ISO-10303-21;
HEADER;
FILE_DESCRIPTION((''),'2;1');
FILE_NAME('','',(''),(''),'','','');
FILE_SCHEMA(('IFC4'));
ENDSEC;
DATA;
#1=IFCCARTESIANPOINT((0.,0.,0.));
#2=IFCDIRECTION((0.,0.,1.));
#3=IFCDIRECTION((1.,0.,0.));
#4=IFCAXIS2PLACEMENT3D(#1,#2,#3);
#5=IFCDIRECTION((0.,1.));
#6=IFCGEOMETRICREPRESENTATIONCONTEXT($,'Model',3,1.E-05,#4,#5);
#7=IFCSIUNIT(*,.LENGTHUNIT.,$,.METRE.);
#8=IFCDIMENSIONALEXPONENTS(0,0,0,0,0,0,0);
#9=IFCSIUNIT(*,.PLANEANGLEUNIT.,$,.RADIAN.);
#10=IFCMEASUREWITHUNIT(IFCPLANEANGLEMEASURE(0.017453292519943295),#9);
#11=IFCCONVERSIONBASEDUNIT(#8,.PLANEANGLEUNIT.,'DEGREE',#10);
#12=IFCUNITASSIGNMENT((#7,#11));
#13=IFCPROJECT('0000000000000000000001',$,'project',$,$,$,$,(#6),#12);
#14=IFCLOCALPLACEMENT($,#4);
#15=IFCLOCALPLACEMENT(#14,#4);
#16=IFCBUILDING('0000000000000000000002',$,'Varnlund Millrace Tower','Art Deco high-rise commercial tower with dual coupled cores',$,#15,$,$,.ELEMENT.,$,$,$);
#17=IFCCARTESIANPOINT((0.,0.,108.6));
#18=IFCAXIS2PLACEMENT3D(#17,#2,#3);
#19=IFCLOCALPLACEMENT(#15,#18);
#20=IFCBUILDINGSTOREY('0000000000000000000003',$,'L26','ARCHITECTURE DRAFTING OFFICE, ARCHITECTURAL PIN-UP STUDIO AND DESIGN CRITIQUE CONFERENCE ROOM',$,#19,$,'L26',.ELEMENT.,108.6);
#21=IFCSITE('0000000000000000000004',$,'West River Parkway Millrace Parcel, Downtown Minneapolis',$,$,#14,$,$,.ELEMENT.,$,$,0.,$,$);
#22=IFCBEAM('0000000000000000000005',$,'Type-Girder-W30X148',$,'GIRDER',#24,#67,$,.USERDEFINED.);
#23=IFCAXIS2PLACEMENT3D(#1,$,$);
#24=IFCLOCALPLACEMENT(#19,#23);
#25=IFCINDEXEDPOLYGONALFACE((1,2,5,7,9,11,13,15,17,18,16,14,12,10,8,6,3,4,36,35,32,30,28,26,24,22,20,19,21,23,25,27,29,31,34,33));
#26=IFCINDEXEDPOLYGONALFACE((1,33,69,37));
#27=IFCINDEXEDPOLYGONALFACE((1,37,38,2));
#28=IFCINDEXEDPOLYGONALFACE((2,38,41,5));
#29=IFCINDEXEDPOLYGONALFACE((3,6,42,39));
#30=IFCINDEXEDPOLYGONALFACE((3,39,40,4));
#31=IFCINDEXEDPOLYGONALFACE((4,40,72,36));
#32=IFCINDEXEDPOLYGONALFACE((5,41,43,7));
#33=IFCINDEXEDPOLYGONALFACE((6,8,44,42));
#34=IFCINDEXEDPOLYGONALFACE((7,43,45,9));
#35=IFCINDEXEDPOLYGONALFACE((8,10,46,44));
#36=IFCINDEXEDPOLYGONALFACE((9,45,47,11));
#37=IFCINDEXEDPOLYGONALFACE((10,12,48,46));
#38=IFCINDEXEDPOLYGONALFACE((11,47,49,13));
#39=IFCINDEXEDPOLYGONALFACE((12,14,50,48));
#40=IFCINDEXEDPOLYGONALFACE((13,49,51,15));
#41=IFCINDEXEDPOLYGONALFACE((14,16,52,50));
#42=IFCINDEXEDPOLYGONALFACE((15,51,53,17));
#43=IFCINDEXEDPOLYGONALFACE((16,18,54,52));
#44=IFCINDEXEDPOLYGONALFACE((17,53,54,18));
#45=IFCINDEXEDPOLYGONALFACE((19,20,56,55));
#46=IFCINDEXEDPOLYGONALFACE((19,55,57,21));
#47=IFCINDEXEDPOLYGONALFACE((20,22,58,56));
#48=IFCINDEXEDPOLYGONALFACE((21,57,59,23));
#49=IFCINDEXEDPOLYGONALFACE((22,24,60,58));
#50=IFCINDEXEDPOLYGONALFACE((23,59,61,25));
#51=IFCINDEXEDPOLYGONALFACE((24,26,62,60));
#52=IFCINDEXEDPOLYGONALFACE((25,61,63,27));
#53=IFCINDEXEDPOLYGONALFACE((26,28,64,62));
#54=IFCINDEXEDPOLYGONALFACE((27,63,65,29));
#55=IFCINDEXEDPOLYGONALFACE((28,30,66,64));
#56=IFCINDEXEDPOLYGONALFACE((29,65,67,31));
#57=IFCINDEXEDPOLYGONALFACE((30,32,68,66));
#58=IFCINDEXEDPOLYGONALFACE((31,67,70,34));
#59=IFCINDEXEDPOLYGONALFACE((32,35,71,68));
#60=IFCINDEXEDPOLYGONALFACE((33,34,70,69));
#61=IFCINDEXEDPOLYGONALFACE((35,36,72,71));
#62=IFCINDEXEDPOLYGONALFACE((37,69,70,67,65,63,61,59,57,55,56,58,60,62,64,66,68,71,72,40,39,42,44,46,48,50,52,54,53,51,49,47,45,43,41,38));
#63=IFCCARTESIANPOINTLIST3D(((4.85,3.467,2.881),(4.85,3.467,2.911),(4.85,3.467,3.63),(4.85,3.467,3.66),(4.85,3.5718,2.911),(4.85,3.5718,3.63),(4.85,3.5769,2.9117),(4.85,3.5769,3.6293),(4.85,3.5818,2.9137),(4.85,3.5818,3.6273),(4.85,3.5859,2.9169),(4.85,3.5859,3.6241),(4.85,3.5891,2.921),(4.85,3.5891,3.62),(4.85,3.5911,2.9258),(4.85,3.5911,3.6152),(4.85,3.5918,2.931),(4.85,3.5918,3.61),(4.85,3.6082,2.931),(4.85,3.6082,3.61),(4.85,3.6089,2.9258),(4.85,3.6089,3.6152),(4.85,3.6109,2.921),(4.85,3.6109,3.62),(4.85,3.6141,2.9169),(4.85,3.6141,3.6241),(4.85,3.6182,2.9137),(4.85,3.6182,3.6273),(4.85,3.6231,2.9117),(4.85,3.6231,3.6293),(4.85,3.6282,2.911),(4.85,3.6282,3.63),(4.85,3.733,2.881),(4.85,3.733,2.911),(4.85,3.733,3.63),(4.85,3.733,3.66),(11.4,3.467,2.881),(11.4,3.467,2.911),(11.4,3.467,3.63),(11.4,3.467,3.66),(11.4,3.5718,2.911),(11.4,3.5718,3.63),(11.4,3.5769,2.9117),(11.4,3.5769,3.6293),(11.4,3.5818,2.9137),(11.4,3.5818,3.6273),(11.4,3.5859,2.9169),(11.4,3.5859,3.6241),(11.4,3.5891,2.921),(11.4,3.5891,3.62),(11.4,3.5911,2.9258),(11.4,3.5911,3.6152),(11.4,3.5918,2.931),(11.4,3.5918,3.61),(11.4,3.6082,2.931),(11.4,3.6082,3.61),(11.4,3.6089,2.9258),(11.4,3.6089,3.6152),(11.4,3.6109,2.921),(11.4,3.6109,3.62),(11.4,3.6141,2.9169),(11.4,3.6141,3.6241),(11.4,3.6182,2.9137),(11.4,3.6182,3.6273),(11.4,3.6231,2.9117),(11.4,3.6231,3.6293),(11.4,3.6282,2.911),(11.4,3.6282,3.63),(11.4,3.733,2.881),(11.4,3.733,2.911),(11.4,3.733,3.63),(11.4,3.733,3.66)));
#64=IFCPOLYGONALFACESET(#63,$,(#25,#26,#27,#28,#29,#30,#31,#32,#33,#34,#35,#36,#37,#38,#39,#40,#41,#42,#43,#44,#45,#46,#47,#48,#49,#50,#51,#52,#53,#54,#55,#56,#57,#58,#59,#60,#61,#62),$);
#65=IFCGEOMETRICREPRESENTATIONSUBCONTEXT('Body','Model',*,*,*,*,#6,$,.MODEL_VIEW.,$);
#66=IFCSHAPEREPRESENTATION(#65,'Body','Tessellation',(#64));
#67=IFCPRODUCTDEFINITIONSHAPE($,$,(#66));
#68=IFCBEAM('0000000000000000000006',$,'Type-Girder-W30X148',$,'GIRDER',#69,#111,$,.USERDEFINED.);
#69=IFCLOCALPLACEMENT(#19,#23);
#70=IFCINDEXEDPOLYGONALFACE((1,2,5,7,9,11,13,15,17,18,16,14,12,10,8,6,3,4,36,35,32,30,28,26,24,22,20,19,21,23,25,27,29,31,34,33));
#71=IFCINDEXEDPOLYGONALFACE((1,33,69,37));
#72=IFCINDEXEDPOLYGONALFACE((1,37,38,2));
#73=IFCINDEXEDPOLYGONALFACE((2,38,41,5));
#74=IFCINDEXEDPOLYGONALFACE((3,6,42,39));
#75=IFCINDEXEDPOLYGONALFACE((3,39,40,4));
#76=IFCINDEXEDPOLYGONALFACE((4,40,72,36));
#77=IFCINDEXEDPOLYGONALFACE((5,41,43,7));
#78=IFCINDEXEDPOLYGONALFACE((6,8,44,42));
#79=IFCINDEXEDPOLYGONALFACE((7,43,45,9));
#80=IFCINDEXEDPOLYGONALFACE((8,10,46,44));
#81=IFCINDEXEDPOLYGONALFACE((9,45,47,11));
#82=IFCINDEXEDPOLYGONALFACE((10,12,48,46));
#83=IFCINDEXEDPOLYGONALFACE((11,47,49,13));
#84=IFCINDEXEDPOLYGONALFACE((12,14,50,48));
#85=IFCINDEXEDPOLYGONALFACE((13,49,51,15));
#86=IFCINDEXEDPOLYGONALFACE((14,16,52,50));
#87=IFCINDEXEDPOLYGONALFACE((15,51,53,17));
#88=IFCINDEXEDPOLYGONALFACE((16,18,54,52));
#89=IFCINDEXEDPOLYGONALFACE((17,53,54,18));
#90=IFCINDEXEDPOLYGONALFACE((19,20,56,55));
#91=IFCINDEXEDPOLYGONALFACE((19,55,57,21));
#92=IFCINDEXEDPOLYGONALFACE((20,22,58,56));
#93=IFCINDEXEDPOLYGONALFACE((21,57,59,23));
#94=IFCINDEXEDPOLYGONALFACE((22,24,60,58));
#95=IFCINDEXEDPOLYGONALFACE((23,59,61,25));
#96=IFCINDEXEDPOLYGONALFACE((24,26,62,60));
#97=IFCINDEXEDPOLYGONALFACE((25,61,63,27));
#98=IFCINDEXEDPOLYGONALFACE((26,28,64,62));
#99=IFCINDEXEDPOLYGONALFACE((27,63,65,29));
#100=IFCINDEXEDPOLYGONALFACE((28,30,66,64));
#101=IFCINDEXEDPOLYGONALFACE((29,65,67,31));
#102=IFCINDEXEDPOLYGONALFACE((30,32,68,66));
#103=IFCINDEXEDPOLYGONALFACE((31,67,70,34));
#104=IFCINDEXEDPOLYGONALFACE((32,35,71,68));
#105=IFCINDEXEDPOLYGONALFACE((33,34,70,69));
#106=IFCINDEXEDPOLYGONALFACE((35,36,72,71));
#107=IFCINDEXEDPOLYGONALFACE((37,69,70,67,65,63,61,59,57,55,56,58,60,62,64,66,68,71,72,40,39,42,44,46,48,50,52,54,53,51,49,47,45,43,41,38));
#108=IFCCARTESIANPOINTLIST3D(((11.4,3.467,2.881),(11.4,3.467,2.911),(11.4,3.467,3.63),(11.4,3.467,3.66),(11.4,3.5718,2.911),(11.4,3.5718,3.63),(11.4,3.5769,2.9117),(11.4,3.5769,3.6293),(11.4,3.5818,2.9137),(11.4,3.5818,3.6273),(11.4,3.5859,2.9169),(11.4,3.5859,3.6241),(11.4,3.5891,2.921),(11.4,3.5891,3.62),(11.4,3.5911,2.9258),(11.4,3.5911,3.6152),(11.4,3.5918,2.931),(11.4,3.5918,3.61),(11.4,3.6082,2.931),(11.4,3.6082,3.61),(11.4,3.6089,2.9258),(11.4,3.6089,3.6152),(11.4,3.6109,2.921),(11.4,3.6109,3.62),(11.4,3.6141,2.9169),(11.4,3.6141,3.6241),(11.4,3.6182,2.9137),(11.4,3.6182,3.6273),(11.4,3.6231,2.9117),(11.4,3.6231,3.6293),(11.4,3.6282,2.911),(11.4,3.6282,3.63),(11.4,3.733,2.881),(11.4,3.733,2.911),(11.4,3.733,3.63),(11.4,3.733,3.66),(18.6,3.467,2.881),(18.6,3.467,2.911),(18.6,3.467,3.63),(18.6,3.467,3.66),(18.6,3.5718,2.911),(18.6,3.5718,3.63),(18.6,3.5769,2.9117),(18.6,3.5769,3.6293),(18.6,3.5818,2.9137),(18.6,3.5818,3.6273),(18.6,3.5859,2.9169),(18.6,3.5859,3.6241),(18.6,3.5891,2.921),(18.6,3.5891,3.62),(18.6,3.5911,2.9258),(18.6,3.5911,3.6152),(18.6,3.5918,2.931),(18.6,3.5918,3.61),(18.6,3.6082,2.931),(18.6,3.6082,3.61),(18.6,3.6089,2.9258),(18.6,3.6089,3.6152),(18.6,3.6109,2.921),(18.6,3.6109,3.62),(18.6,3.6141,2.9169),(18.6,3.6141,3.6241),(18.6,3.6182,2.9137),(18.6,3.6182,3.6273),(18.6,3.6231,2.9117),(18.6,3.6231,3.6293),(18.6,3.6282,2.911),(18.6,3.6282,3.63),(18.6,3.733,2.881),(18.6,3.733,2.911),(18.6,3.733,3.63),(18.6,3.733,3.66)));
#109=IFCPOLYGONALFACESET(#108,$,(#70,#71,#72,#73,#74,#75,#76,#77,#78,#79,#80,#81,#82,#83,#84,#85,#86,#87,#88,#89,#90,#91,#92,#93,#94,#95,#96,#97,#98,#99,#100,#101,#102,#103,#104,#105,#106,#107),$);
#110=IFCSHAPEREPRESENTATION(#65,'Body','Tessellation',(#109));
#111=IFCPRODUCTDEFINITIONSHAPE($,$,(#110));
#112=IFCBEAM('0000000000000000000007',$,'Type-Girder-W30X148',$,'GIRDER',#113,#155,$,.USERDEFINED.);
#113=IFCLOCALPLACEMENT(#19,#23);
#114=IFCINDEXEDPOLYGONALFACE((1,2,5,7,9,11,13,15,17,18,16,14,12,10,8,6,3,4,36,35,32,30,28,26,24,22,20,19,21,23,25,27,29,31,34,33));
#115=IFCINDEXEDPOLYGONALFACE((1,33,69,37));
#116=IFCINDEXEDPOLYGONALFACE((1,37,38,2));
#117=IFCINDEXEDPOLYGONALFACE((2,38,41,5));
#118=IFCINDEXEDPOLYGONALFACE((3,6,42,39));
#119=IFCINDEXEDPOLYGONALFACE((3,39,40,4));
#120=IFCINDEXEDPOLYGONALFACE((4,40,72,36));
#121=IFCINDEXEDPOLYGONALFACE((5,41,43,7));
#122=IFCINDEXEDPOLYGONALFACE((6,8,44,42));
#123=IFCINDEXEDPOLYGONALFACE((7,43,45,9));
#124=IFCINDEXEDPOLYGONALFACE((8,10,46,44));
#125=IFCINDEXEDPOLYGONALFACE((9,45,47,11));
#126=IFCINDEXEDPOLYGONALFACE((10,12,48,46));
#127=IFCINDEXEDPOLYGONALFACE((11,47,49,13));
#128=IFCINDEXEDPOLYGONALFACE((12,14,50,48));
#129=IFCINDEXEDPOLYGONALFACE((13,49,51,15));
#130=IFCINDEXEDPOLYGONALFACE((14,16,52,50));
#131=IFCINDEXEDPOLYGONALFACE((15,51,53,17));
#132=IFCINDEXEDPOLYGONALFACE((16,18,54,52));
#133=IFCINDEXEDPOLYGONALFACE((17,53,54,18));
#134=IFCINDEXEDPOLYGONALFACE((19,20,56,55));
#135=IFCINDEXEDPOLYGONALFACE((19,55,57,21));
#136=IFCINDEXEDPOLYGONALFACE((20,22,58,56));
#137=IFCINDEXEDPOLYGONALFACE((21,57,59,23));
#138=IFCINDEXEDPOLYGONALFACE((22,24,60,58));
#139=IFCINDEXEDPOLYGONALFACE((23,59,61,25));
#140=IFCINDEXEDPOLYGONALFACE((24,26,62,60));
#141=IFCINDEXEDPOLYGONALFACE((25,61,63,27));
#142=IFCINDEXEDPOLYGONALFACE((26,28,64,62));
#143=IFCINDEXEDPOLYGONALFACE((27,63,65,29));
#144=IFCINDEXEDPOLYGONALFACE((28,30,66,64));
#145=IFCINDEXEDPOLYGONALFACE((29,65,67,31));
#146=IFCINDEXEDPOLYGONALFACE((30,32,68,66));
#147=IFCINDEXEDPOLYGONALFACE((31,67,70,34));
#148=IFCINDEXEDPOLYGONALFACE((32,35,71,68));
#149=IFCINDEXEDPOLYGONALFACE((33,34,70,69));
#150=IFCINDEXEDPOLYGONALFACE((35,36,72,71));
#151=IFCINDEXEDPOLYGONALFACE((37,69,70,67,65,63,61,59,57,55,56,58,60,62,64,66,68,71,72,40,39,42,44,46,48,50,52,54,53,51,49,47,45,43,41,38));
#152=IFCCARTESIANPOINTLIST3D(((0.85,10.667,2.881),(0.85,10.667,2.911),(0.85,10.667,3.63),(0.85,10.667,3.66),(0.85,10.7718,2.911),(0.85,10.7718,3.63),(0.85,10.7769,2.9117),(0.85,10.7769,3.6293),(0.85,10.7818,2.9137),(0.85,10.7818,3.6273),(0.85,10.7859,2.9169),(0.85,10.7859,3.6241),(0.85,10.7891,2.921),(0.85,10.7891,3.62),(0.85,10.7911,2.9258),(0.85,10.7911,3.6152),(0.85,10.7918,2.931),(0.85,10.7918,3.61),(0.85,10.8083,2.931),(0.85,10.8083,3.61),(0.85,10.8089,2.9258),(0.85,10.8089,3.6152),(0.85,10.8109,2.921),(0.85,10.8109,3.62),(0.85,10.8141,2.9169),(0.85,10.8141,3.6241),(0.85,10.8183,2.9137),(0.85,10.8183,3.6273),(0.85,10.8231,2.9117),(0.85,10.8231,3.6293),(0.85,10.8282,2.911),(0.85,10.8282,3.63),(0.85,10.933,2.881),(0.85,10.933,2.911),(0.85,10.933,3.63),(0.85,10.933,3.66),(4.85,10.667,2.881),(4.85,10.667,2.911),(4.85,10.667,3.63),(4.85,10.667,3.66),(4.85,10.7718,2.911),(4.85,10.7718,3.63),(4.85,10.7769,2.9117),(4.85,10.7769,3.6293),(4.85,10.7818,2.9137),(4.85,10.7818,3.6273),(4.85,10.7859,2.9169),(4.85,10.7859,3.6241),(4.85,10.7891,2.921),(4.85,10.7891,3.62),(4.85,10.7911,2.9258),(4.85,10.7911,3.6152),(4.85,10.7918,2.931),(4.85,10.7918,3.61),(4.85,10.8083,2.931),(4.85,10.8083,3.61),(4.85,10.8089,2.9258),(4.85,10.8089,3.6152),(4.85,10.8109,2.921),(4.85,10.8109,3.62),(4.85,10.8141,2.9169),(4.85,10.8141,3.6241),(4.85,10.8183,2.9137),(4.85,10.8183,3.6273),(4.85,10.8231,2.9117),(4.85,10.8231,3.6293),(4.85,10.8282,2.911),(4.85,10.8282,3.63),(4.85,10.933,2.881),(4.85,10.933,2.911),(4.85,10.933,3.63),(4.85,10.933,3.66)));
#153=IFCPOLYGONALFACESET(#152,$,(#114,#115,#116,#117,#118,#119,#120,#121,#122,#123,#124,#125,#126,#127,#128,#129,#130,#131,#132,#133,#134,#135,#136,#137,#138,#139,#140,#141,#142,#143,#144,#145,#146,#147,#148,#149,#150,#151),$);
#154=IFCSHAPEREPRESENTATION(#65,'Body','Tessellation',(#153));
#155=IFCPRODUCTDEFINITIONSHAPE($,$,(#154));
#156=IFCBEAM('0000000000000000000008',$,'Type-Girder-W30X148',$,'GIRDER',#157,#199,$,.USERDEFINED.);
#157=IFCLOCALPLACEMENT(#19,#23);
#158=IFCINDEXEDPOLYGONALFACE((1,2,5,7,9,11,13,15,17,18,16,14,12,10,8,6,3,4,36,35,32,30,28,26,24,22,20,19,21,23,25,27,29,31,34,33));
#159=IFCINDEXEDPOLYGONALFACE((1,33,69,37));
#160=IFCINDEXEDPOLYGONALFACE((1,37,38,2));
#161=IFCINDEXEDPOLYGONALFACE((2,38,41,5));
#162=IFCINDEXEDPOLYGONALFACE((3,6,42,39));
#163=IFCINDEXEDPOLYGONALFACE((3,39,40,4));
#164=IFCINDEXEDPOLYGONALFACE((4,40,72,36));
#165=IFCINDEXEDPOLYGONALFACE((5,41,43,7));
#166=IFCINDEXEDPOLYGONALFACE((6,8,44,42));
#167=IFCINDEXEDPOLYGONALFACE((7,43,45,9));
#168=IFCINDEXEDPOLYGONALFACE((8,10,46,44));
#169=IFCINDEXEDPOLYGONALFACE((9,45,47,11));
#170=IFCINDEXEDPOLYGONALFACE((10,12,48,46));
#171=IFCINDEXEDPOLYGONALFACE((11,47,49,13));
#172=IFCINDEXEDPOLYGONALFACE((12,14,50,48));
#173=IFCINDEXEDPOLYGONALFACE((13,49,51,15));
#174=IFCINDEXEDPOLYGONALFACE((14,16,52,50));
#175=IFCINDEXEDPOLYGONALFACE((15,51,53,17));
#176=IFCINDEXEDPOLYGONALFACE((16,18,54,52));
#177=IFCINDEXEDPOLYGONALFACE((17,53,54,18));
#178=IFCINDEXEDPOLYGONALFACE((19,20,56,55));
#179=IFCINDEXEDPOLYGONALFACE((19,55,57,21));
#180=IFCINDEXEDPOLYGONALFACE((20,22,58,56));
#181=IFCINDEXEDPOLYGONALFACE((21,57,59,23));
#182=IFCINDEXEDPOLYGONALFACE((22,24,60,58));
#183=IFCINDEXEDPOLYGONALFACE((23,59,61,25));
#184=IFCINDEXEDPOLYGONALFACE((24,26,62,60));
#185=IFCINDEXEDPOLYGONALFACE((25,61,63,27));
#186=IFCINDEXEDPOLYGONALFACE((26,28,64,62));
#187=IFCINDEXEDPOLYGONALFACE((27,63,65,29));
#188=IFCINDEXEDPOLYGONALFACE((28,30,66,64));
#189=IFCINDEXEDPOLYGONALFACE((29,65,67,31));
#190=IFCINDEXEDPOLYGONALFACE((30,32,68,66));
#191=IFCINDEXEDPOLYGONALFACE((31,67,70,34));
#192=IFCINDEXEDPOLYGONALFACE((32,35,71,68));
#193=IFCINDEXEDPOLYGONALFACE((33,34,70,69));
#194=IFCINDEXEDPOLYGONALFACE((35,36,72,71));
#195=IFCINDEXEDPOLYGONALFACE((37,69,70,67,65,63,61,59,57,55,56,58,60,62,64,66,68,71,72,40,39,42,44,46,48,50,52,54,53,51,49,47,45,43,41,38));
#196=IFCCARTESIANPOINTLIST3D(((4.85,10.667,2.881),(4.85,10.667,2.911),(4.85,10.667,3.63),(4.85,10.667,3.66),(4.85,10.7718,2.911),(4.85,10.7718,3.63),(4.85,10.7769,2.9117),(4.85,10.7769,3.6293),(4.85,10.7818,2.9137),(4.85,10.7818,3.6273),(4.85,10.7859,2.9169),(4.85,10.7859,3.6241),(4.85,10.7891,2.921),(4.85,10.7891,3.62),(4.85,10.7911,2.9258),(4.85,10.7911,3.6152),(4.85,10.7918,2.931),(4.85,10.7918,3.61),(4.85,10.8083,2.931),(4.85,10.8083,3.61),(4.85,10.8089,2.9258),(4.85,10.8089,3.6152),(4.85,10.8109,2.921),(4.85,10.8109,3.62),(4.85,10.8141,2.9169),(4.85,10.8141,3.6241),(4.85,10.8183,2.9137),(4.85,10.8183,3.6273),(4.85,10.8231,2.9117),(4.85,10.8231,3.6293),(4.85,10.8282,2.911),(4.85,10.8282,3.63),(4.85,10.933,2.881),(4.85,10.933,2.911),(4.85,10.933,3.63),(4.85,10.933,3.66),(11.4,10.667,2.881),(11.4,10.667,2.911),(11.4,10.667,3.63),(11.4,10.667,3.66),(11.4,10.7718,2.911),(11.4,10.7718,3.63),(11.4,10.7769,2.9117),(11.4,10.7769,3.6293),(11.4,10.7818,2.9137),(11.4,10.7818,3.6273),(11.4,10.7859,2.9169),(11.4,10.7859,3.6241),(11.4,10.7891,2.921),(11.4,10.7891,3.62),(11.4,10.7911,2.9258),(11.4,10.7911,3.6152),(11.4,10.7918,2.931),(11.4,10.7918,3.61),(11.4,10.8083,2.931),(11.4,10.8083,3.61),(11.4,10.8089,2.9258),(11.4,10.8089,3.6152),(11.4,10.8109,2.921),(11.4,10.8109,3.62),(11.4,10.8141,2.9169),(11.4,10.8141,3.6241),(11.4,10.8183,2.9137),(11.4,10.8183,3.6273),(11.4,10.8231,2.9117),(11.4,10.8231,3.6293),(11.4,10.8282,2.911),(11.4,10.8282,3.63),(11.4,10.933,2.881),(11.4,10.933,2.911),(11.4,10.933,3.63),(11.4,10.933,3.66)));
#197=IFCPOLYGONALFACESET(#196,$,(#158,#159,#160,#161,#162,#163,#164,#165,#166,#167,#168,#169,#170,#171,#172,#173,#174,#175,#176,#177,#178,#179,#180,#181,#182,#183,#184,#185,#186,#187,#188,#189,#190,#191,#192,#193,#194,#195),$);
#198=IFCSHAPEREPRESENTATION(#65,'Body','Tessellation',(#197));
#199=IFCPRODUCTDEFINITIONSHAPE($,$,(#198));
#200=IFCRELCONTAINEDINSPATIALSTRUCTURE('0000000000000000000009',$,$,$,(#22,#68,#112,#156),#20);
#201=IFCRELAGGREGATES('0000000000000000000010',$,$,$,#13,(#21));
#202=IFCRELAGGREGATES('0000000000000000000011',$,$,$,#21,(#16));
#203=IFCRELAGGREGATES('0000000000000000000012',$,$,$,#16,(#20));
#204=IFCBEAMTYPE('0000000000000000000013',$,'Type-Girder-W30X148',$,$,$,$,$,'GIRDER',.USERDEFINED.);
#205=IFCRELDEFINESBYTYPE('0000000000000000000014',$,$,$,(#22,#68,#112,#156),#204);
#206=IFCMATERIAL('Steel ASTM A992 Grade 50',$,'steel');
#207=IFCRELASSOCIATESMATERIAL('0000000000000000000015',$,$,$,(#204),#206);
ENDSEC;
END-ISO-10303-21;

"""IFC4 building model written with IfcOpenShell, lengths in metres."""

from ifc_helpers import new_model, entity, si_unit, converted_unit, direction, frame, origin_with_axes, origin_2d_with_axis, place, context, subcontext, project, spatial, i_section, extrude, material, material_profile, profile_set, type_object, element, save


model = new_model("IFC4")

# Units and contexts
model_context = context("Model", 3, precision=1e-05, world=origin_with_axes(), true_north=direction((0.0, 1.0)))
body_context = subcontext(model_context, "Body", "Model", "MODEL_VIEW")
ifc_project = project(units=[si_unit("LENGTHUNIT", "METRE"), converted_unit("PLANEANGLEUNIT", "DEGREE", entity("IfcPlaneAngleMeasure", 0.017453292519943295), si_unit("PLANEANGLEUNIT", "RADIAN"), dimensions=[0, 0, 0, 0, 0, 0, 0])], contexts=[model_context])

# Site, building, storey
site_placement = place(None, origin_with_axes())
site = spatial("IfcSite", under=ifc_project, at=site_placement, Name="West River Parkway Millrace Parcel, Downtown Minneapolis", CompositionType="ELEMENT", RefElevation=0.0)
building_placement = place(site_placement, origin_with_axes())
building = spatial("IfcBuilding", under=site, at=building_placement, Name="Varnlund Millrace Tower", Description="Art Deco high-rise commercial tower with dual coupled cores", CompositionType="ELEMENT")
storey_placement = place(building_placement, frame((0.0, 0.0, 108.6), z_axis=(0.0, 0.0, 1.0), x_axis=(1.0, 0.0, 0.0)))
storey = spatial("IfcBuildingStorey", under=building, at=storey_placement, Name="L26", Description="ARCHITECTURE DRAFTING OFFICE, ARCHITECTURAL PIN-UP STUDIO AND DESIGN CRITIQUE CONFERENCE ROOM", LongName="L26", CompositionType="ELEMENT", Elevation=108.6)

# Beams
ifc_material_1 = material(Name="Steel ASTM A992 Grade 50", Category="steel")
ifc_material_profile_1 = material_profile(ifc_material_1, i_section(OverallWidth=0.266, OverallDepth=0.779, WebThickness=0.0165, FlangeThickness=0.03, FilletRadius=0.02, at=origin_2d_with_axis()), Name="Steel ASTM A992 Grade 50")
ifc_profile_set_1 = profile_set([ifc_material_profile_1], Name="Steel ASTM A992 Grade 50")
beam_type_1 = type_object("IfcBeamType", Name="Type-Girder-W30X148", ElementType="GIRDER", PredefinedType="USERDEFINED", material=ifc_profile_set_1)
beam_1_placement = place(storey_placement, frame((4.85, 3.6, 3.2705), z_axis=(1.0, 0.0, 0.0), x_axis=(0.0, 1.0, 0.0)))
element("IfcBeam", 1, at=beam_1_placement, inside=storey, type_object=beam_type_1, Name="Type-Girder-W30X148", ObjectType="GIRDER", PredefinedType="USERDEFINED", context=body_context, shape_type="SweptSolid", body=[
    extrude(i_section(OverallWidth=0.266, OverallDepth=0.779, WebThickness=0.0165, FlangeThickness=0.03, FilletRadius=0.02, at=origin_2d_with_axis()), origin_with_axes(), (0.0, 0.0, 1.0), 6.55),
])
beam_2_placement = place(storey_placement, frame((11.4, 3.6, 3.2705), z_axis=(1.0, 0.0, 0.0), x_axis=(0.0, 1.0, 0.0)))
element("IfcBeam", 2, at=beam_2_placement, inside=storey, type_object=beam_type_1, Name="Type-Girder-W30X148", ObjectType="GIRDER", PredefinedType="USERDEFINED", context=body_context, shape_type="SweptSolid", body=[
    extrude(i_section(OverallWidth=0.266, OverallDepth=0.779, WebThickness=0.0165, FlangeThickness=0.03, FilletRadius=0.02, at=origin_2d_with_axis()), origin_with_axes(), (0.0, 0.0, 1.0), 7.2),
])
beam_3_placement = place(storey_placement, frame((0.85, 10.8, 3.2705), z_axis=(1.0, 0.0, 0.0), x_axis=(0.0, 1.0, 0.0)))
element("IfcBeam", 3, at=beam_3_placement, inside=storey, type_object=beam_type_1, Name="Type-Girder-W30X148", ObjectType="GIRDER", PredefinedType="USERDEFINED", context=body_context, shape_type="SweptSolid", body=[
    extrude(i_section(OverallWidth=0.266, OverallDepth=0.779, WebThickness=0.0165, FlangeThickness=0.03, FilletRadius=0.02, at=origin_2d_with_axis()), origin_with_axes(), (0.0, 0.0, 1.0), 4.0),
])
beam_4_placement = place(storey_placement, frame((4.85, 10.8, 3.2705), z_axis=(1.0, 0.0, 0.0), x_axis=(0.0, 1.0, 0.0)))
element("IfcBeam", 4, at=beam_4_placement, inside=storey, type_object=beam_type_1, Name="Type-Girder-W30X148", ObjectType="GIRDER", PredefinedType="USERDEFINED", context=body_context, shape_type="SweptSolid", body=[
    extrude(i_section(OverallWidth=0.266, OverallDepth=0.779, WebThickness=0.0165, FlangeThickness=0.03, FilletRadius=0.02, at=origin_2d_with_axis()), origin_with_axes(), (0.0, 0.0, 1.0), 6.55),
])

save(model, "model.ifc")
